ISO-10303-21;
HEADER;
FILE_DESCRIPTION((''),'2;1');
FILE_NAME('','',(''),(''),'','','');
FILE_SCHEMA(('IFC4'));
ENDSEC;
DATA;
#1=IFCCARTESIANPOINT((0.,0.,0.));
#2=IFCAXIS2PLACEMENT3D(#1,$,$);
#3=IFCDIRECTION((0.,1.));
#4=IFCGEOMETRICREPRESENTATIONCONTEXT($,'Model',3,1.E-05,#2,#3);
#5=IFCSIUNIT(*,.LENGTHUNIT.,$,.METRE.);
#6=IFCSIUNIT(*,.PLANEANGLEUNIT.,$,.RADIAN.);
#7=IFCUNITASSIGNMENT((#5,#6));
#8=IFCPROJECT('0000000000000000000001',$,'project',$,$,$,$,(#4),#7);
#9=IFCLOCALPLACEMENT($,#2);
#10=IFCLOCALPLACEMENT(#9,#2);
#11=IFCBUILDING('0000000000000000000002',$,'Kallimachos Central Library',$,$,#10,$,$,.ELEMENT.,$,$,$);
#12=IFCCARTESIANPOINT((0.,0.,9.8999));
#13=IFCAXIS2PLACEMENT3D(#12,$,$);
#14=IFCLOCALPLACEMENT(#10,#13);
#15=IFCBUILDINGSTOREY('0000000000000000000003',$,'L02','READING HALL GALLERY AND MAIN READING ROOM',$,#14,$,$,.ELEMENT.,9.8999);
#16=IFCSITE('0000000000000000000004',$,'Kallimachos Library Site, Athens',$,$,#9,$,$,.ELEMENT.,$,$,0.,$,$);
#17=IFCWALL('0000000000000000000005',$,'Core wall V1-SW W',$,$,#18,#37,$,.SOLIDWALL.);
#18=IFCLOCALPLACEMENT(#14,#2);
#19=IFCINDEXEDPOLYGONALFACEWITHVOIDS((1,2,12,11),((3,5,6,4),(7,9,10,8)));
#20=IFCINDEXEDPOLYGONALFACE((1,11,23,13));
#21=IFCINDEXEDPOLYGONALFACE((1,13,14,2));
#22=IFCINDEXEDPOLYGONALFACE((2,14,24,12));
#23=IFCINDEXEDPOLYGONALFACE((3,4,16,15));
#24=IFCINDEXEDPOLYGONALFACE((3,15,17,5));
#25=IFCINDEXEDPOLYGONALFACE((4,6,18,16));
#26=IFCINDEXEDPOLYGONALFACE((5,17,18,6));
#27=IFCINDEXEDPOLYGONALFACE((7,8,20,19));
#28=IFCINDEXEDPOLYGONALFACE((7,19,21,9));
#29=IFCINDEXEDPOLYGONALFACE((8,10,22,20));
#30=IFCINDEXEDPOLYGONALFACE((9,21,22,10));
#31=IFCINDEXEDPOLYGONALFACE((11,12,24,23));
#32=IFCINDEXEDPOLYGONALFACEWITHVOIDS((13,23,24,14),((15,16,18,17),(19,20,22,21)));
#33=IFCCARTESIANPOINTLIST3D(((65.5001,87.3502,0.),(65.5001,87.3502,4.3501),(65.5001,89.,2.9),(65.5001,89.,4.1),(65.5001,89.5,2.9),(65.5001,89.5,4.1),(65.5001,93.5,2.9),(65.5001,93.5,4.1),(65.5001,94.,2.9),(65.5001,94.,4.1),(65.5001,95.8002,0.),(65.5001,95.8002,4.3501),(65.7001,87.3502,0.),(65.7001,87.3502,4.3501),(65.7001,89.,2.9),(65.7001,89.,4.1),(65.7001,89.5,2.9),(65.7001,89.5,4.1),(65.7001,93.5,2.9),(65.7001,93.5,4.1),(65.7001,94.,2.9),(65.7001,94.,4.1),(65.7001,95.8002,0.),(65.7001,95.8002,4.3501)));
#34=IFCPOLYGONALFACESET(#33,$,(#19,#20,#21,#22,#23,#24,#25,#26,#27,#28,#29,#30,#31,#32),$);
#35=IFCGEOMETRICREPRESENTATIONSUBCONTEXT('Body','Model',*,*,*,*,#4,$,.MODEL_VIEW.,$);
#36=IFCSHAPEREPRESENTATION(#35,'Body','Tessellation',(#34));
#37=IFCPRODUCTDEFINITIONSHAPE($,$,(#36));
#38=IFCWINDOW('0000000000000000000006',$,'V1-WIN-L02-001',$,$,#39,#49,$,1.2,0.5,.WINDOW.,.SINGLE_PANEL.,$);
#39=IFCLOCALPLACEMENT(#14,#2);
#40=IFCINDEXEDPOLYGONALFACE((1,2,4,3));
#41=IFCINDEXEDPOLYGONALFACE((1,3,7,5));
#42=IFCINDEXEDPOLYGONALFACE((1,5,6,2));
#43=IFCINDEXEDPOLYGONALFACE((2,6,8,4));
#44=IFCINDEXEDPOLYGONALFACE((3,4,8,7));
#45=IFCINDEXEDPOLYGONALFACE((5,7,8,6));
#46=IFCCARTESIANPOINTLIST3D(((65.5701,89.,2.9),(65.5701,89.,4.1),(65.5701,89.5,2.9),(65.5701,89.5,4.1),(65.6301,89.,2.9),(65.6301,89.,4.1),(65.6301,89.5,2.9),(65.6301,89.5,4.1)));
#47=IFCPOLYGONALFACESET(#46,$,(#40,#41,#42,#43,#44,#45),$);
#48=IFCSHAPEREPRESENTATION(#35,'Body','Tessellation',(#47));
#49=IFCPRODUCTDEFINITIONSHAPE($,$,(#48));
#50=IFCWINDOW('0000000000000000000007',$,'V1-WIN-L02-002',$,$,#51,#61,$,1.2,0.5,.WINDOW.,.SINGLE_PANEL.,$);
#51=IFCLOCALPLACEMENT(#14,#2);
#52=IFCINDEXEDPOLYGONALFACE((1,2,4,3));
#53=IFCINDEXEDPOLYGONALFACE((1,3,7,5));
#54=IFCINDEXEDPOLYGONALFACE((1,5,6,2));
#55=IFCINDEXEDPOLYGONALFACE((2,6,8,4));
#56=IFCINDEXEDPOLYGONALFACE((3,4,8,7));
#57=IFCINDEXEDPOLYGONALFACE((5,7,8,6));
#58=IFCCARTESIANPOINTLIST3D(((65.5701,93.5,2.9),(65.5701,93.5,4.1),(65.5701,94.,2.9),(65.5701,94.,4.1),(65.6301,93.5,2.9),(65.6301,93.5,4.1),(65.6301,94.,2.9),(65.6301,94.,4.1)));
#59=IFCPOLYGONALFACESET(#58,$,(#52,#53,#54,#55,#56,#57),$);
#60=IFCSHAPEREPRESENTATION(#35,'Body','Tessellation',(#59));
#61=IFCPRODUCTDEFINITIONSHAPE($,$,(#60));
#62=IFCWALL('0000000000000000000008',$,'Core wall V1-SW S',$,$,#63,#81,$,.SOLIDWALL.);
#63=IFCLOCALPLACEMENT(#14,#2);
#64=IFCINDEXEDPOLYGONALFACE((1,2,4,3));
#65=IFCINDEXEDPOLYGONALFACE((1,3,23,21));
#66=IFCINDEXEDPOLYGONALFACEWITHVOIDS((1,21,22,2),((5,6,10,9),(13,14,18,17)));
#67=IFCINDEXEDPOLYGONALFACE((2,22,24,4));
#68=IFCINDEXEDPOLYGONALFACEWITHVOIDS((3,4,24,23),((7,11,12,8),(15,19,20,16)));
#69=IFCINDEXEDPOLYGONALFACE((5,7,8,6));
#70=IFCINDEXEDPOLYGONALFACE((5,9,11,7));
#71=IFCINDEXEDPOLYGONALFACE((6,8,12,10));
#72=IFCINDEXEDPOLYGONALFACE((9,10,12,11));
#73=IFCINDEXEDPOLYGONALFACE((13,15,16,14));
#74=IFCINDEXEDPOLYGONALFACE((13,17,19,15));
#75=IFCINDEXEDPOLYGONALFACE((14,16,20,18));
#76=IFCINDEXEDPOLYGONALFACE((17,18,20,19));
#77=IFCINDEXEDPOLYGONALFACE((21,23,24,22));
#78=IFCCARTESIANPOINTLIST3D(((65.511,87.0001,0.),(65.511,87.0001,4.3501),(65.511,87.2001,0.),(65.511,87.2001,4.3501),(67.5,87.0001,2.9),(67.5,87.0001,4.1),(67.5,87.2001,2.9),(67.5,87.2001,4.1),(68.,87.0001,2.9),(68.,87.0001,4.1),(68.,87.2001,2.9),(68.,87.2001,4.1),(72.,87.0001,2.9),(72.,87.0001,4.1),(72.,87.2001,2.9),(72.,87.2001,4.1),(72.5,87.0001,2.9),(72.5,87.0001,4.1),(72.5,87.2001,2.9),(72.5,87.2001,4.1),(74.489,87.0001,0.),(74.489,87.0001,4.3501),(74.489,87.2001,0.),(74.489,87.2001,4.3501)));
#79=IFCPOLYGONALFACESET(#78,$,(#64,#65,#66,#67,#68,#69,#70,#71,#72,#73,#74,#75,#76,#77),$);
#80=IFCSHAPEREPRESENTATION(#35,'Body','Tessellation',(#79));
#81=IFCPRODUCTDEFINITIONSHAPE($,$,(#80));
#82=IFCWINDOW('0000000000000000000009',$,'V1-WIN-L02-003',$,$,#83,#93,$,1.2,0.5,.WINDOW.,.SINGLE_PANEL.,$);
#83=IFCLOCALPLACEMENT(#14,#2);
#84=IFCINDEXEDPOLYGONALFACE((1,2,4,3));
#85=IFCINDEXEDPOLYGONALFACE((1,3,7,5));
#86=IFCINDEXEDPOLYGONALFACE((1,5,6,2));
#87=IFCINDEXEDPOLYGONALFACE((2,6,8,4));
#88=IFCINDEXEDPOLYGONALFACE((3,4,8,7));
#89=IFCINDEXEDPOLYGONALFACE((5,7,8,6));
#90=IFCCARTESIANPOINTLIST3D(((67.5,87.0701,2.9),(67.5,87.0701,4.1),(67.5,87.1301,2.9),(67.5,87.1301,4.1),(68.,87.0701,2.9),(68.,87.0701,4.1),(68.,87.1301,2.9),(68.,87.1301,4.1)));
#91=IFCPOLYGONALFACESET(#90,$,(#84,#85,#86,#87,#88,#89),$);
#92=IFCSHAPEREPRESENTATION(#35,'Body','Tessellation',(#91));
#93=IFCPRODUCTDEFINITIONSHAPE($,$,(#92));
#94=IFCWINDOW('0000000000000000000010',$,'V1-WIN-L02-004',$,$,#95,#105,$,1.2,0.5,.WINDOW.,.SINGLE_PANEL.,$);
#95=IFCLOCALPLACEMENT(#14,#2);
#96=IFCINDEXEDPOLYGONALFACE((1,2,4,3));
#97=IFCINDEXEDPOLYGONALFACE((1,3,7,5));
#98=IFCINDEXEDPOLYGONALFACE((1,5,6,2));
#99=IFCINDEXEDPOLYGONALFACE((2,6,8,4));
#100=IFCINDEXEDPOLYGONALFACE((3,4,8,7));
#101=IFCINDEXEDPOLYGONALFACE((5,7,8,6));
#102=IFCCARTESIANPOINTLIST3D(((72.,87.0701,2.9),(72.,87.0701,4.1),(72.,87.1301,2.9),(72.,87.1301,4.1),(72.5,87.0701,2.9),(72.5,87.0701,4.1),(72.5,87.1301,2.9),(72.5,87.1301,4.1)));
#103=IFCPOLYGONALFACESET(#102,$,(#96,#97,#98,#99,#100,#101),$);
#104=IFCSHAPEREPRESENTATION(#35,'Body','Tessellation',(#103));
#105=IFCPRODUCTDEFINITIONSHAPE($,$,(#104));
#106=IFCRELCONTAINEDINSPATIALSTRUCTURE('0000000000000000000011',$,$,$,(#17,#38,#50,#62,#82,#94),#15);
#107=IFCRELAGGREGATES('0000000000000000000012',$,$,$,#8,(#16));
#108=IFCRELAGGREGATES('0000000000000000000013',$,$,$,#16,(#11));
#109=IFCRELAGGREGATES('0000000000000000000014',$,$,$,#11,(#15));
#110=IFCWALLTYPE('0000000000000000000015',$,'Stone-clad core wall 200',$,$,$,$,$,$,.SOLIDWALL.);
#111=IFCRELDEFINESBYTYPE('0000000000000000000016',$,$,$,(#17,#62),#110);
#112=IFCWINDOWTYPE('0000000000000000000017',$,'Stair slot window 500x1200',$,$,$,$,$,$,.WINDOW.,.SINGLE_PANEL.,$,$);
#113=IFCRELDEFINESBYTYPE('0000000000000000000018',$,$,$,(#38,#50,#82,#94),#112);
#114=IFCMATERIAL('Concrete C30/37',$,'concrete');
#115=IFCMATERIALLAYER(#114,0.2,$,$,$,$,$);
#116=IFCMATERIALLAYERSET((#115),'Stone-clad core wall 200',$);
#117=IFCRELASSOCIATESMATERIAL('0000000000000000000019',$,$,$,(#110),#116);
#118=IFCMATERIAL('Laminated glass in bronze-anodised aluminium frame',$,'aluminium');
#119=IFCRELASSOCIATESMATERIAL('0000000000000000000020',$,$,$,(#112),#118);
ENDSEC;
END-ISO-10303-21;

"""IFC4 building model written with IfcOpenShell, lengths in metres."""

from ifc_helpers import new_model, si_unit, direction, frame, frame_2d, origin, place, context, subcontext, project, spatial, rectangle, extrude, material, layer, layer_set, type_object, element, fill, save


model = new_model("IFC4")

# Units and contexts
model_context = context("Model", 3, precision=1e-05, world=origin(), true_north=direction((0.0, 1.0)))
body_context = subcontext(model_context, "Body", "Model", "MODEL_VIEW")
ifc_project = project(units=[si_unit("LENGTHUNIT", "METRE"), si_unit("PLANEANGLEUNIT", "RADIAN")], contexts=[model_context])

# Site, building, storey
site_placement = place(None, origin())
site = spatial("IfcSite", under=ifc_project, at=site_placement, Name="Kallimachos Library Site, Athens", CompositionType="ELEMENT", RefElevation=0.0)
building_placement = place(site_placement, origin())
building = spatial("IfcBuilding", under=site, at=building_placement, Name="Kallimachos Central Library", CompositionType="ELEMENT")
storey_placement = place(building_placement, frame((0.0, 0.0, 9.8999)))
storey = spatial("IfcBuildingStorey", under=building, at=storey_placement, Name="L02", Description="READING HALL GALLERY AND MAIN READING ROOM", CompositionType="ELEMENT", Elevation=9.8999)

# Walls, openings, windows
ifc_material_1 = material(Name="Concrete C30/37", Category="concrete")
ifc_layer_1 = layer(ifc_material_1, 0.2)
ifc_layer_set_1 = layer_set([ifc_layer_1], Name="Stone-clad core wall 200")
wall_type_1 = type_object("IfcWallType", Name="Stone-clad core wall 200", PredefinedType="SOLIDWALL", material=ifc_layer_set_1)
wall_1_placement = place(storey_placement, frame((65.6001, 87.3501, 0.0), z_axis=(0.0, 0.0, 1.0), x_axis=(0.0, 1.0, 0.0)))
wall_1 = element("IfcWall", 1, at=wall_1_placement, inside=storey, type_object=wall_type_1, Name="Core wall V1-SW W", PredefinedType="SOLIDWALL", context=body_context, shape_type="SweptSolid", body=[
    extrude(rectangle(XDim=8.45, YDim=0.2, at=frame_2d((4.2251, 0.0))), origin(), (0.0, 0.0, 1.0), 4.3501),
])
opening_1_placement = place(wall_1_placement, frame((1.6499, 0.0, 2.8999)))
opening_1 = element("IfcOpeningElement", 2, at=opening_1_placement, cuts=wall_1, PredefinedType="OPENING", context=body_context, shape_type="SweptSolid", body=[
    extrude(rectangle(XDim=0.5, YDim=1.2, at=frame_2d((0.25, 0.6001))), frame((0.0, 0.1099, 0.0), z_axis=(0.0, -1.0, 0.0), x_axis=(1.0, 0.0, 0.0)), (0.0, 0.0, 1.0), 0.22),
])
opening_2_placement = place(wall_1_placement, frame((6.1499, 0.0, 2.8999)))
opening_2 = element("IfcOpeningElement", 3, at=opening_2_placement, cuts=wall_1, PredefinedType="OPENING", context=body_context, shape_type="SweptSolid", body=[
    extrude(rectangle(XDim=0.5, YDim=1.2, at=frame_2d((0.25, 0.6001))), frame((0.0, 0.1099, 0.0), z_axis=(0.0, -1.0, 0.0), x_axis=(1.0, 0.0, 0.0)), (0.0, 0.0, 1.0), 0.22),
])
ifc_material_2 = material(Name="Laminated glass in bronze-anodised aluminium frame", Category="aluminium")
window_type_1 = type_object("IfcWindowType", Name="Stair slot window 500x1200", PartitioningType="SINGLE_PANEL", PredefinedType="WINDOW", material=ifc_material_2)
window_1_placement = place(opening_1_placement, origin())
window_1 = element("IfcWindow", 4, at=window_1_placement, inside=storey, type_object=window_type_1, Name="V1-WIN-L02-001", OverallHeight=1.2, OverallWidth=0.5, PartitioningType="SINGLE_PANEL", PredefinedType="WINDOW", context=body_context, shape_type="SweptSolid", body=[
    extrude(rectangle(XDim=0.5, YDim=1.2, at=frame_2d((0.25, 0.6001))), frame((0.0, 0.03, 0.0), z_axis=(0.0, -1.0, 0.0), x_axis=(1.0, 0.0, 0.0)), (0.0, 0.0, 1.0), 0.0601),
])
fill(opening_1, window_1)
window_2_placement = place(opening_2_placement, origin())
window_2 = element("IfcWindow", 5, at=window_2_placement, inside=storey, type_object=window_type_1, Name="V1-WIN-L02-002", OverallHeight=1.2, OverallWidth=0.5, PartitioningType="SINGLE_PANEL", PredefinedType="WINDOW", context=body_context, shape_type="SweptSolid", body=[
    extrude(rectangle(XDim=0.5, YDim=1.2, at=frame_2d((0.25, 0.6001))), frame((0.0, 0.03, 0.0), z_axis=(0.0, -1.0, 0.0), x_axis=(1.0, 0.0, 0.0)), (0.0, 0.0, 1.0), 0.0601),
])
fill(opening_2, window_2)
wall_2_placement = place(storey_placement, frame((65.511, 87.1001, 0.0), z_axis=(0.0, 0.0, 1.0), x_axis=(1.0, 0.0, 0.0)))
wall_2 = element("IfcWall", 6, at=wall_2_placement, inside=storey, type_object=wall_type_1, Name="Core wall V1-SW S", PredefinedType="SOLIDWALL", context=body_context, shape_type="SweptSolid", body=[
    extrude(rectangle(XDim=8.978, YDim=0.2, at=frame_2d((4.489, 0.0))), origin(), (0.0, 0.0, 1.0), 4.3501),
])
opening_3_placement = place(wall_2_placement, frame((1.989, 0.0, 2.8999)))
opening_3 = element("IfcOpeningElement", 7, at=opening_3_placement, cuts=wall_2, PredefinedType="OPENING", context=body_context, shape_type="SweptSolid", body=[
    extrude(rectangle(XDim=0.5, YDim=1.2, at=frame_2d((0.25, 0.6001))), frame((0.0, 0.1099, 0.0), z_axis=(0.0, -1.0, 0.0), x_axis=(1.0, 0.0, 0.0)), (0.0, 0.0, 1.0), 0.22),
])
opening_4_placement = place(wall_2_placement, frame((6.489, 0.0, 2.8999)))
opening_4 = element("IfcOpeningElement", 8, at=opening_4_placement, cuts=wall_2, PredefinedType="OPENING", context=body_context, shape_type="SweptSolid", body=[
    extrude(rectangle(XDim=0.5, YDim=1.2, at=frame_2d((0.25, 0.6001))), frame((0.0, 0.1099, 0.0), z_axis=(0.0, -1.0, 0.0), x_axis=(1.0, 0.0, 0.0)), (0.0, 0.0, 1.0), 0.22),
])
window_3_placement = place(opening_3_placement, origin())
window_3 = element("IfcWindow", 9, at=window_3_placement, inside=storey, type_object=window_type_1, Name="V1-WIN-L02-003", OverallHeight=1.2, OverallWidth=0.5, PartitioningType="SINGLE_PANEL", PredefinedType="WINDOW", context=body_context, shape_type="SweptSolid", body=[
    extrude(rectangle(XDim=0.5, YDim=1.2, at=frame_2d((0.25, 0.6001))), frame((0.0, 0.03, 0.0), z_axis=(0.0, -1.0, 0.0), x_axis=(1.0, 0.0, 0.0)), (0.0, 0.0, 1.0), 0.0601),
])
fill(opening_3, window_3)
window_4_placement = place(opening_4_placement, origin())
window_4 = element("IfcWindow", 10, at=window_4_placement, inside=storey, type_object=window_type_1, Name="V1-WIN-L02-004", OverallHeight=1.2, OverallWidth=0.5, PartitioningType="SINGLE_PANEL", PredefinedType="WINDOW", context=body_context, shape_type="SweptSolid", body=[
    extrude(rectangle(XDim=0.5, YDim=1.2, at=frame_2d((0.25, 0.6001))), frame((0.0, 0.03, 0.0), z_axis=(0.0, -1.0, 0.0), x_axis=(1.0, 0.0, 0.0)), (0.0, 0.0, 1.0), 0.0601),
])
fill(opening_4, window_4)

save(model, "model.ifc")
